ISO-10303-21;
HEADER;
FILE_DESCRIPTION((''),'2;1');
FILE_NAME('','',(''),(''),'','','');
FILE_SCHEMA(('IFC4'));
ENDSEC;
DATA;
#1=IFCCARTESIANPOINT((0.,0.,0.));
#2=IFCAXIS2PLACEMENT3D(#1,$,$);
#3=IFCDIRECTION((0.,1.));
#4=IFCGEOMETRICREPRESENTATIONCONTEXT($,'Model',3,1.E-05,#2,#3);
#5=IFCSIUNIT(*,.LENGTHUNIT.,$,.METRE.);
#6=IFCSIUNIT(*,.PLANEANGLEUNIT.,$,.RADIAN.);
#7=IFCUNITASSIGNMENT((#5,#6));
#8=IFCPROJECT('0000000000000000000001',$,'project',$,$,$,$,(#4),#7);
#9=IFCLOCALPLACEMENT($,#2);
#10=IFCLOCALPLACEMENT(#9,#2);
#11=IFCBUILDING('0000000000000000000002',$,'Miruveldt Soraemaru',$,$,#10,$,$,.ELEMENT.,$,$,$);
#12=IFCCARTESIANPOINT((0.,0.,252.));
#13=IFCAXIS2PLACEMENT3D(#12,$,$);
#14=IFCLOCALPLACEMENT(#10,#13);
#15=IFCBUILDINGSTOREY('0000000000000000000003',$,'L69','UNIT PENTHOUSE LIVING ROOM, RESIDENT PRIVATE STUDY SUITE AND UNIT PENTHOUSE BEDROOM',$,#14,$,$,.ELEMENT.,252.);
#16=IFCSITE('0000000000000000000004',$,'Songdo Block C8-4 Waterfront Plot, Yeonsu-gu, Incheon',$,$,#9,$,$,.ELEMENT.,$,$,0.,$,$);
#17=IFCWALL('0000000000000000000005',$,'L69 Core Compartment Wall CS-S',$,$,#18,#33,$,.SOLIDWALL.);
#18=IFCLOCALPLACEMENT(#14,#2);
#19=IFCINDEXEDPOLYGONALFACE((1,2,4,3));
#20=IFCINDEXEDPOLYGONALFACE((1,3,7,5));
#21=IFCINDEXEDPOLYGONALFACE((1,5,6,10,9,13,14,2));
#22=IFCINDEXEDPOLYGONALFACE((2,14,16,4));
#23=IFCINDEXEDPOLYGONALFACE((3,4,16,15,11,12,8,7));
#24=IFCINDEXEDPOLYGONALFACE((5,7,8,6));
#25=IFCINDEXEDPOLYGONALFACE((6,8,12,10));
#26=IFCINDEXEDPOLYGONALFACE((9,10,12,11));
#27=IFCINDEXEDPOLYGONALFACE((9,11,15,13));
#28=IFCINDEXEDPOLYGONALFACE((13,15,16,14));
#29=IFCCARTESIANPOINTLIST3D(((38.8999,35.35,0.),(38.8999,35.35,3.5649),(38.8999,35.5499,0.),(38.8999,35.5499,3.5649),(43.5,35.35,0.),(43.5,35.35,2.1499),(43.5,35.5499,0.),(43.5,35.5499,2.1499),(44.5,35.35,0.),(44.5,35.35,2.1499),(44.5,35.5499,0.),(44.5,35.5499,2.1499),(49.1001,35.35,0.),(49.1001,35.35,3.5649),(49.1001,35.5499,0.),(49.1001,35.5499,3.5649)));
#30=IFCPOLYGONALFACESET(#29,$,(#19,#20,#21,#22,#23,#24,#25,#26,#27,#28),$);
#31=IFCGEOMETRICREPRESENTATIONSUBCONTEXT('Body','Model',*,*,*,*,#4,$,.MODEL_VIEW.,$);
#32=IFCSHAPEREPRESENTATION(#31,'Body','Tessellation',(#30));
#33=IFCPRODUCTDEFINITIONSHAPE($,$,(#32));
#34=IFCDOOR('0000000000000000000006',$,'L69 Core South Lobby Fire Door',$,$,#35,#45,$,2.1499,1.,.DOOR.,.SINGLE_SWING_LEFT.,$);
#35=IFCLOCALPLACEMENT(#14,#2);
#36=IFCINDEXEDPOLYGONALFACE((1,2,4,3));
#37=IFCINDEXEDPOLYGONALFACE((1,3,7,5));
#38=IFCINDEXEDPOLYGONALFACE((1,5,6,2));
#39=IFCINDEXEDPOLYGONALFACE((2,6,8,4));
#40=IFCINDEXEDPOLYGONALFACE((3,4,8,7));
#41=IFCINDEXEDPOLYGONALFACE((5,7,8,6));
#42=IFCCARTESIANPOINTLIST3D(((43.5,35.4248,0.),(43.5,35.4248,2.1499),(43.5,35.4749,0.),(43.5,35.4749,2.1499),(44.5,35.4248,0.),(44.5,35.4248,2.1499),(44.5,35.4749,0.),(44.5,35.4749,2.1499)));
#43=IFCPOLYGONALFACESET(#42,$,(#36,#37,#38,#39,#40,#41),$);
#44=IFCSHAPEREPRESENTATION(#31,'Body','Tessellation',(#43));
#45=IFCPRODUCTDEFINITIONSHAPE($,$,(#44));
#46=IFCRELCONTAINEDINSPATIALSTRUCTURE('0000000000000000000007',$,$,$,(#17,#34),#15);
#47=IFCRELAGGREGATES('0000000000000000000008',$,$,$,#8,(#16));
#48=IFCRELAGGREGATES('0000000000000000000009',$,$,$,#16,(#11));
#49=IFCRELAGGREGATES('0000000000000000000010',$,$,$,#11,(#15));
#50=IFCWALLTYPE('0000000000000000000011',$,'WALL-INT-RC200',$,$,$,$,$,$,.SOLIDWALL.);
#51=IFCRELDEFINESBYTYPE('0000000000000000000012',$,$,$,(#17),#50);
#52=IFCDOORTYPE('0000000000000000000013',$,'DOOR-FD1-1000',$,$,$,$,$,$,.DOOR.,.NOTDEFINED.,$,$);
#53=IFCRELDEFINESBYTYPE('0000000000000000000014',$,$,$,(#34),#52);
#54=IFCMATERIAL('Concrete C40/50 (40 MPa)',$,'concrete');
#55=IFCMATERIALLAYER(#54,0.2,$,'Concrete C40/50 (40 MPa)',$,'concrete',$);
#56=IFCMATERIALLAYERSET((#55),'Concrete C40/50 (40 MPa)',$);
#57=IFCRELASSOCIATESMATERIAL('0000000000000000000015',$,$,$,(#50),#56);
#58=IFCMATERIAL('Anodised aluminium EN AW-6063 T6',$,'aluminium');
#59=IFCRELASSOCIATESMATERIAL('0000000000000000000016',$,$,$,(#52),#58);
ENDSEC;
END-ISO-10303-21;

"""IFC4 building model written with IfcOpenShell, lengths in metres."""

from ifc_helpers import new_model, si_unit, direction, frame, frame_2d, origin, place, context, subcontext, project, spatial, rectangle, extrude, material, layer, layer_set, type_object, element, fill, save


model = new_model("IFC4")

# Units and contexts
model_context = context("Model", 3, precision=1e-05, world=origin(), true_north=direction((0.0, 1.0)))
body_context = subcontext(model_context, "Body", "Model", "MODEL_VIEW")
ifc_project = project(units=[si_unit("LENGTHUNIT", "METRE"), si_unit("PLANEANGLEUNIT", "RADIAN")], contexts=[model_context])

# Site, building, storey
site_placement = place(None, origin())
site = spatial("IfcSite", under=ifc_project, at=site_placement, Name="Songdo Block C8-4 Waterfront Plot, Yeonsu-gu, Incheon", CompositionType="ELEMENT", RefElevation=0.0)
building_placement = place(site_placement, origin())
building = spatial("IfcBuilding", under=site, at=building_placement, Name="Miruveldt Soraemaru", CompositionType="ELEMENT")
storey_placement = place(building_placement, frame((0.0, 0.0, 252.0)))
storey = spatial("IfcBuildingStorey", under=building, at=storey_placement, Name="L69", Description="UNIT PENTHOUSE LIVING ROOM, RESIDENT PRIVATE STUDY SUITE AND UNIT PENTHOUSE BEDROOM", CompositionType="ELEMENT", Elevation=252.0)

# Shared definitions
ifc_material_1 = material(Name="Anodised aluminium EN AW-6063 T6", Category="aluminium")

# Shared definitions
ifc_material_2 = material(Name="Concrete C40/50 (40 MPa)", Category="concrete")

# Wall, opening, door
ifc_layer_1 = layer(ifc_material_2, 0.2, Name="Concrete C40/50 (40 MPa)", Category="concrete")
ifc_layer_set_1 = layer_set([ifc_layer_1], Name="Concrete C40/50 (40 MPa)")
wall_type_1 = type_object("IfcWallType", Name="WALL-INT-RC200", PredefinedType="SOLIDWALL", material=ifc_layer_set_1)
wall_1_placement = place(storey_placement, frame((38.8999, 35.45, 0.0), z_axis=(0.0, 0.0, 1.0), x_axis=(1.0, 0.0, 0.0)))
wall_1 = element("IfcWall", 1, at=wall_1_placement, inside=storey, type_object=wall_type_1, Name="L69 Core Compartment Wall CS-S", PredefinedType="SOLIDWALL", context=body_context, shape_type="SweptSolid", body=[
    extrude(rectangle(XDim=10.2002, YDim=0.2, at=frame_2d((5.1001, 0.0))), origin(), (0.0, 0.0, 1.0), 3.5649),
])
opening_1_placement = place(wall_1_placement, frame((4.6001, 0.0, 0.0)))
opening_1 = element("IfcOpeningElement", 2, at=opening_1_placement, cuts=wall_1, PredefinedType="OPENING", context=body_context, shape_type="SweptSolid", body=[
    extrude(rectangle(XDim=1.0, YDim=2.1499, at=frame_2d((0.5, 1.075))), frame((0.0, 0.1099, 0.0), z_axis=(0.0, -1.0, 0.0), x_axis=(1.0, 0.0, 0.0)), (0.0, 0.0, 1.0), 0.22),
])
door_type_1 = type_object("IfcDoorType", Name="DOOR-FD1-1000", OperationType="NOTDEFINED", PredefinedType="DOOR", material=ifc_material_1)
door_1_placement = place(opening_1_placement, origin())
door_1 = element("IfcDoor", 3, at=door_1_placement, inside=storey, type_object=door_type_1, Name="L69 Core South Lobby Fire Door", OperationType="SINGLE_SWING_LEFT", OverallHeight=2.1499, OverallWidth=1.0, PredefinedType="DOOR", context=body_context, shape_type="SweptSolid", body=[
    extrude(rectangle(XDim=1.0, YDim=2.1499, at=frame_2d((0.5, 1.075))), frame((0.0, 0.0249, 0.0), z_axis=(0.0, -1.0, 0.0), x_axis=(1.0, 0.0, 0.0)), (0.0, 0.0, 1.0), 0.05),
])
fill(opening_1, door_1)

save(model, "model.ifc")
